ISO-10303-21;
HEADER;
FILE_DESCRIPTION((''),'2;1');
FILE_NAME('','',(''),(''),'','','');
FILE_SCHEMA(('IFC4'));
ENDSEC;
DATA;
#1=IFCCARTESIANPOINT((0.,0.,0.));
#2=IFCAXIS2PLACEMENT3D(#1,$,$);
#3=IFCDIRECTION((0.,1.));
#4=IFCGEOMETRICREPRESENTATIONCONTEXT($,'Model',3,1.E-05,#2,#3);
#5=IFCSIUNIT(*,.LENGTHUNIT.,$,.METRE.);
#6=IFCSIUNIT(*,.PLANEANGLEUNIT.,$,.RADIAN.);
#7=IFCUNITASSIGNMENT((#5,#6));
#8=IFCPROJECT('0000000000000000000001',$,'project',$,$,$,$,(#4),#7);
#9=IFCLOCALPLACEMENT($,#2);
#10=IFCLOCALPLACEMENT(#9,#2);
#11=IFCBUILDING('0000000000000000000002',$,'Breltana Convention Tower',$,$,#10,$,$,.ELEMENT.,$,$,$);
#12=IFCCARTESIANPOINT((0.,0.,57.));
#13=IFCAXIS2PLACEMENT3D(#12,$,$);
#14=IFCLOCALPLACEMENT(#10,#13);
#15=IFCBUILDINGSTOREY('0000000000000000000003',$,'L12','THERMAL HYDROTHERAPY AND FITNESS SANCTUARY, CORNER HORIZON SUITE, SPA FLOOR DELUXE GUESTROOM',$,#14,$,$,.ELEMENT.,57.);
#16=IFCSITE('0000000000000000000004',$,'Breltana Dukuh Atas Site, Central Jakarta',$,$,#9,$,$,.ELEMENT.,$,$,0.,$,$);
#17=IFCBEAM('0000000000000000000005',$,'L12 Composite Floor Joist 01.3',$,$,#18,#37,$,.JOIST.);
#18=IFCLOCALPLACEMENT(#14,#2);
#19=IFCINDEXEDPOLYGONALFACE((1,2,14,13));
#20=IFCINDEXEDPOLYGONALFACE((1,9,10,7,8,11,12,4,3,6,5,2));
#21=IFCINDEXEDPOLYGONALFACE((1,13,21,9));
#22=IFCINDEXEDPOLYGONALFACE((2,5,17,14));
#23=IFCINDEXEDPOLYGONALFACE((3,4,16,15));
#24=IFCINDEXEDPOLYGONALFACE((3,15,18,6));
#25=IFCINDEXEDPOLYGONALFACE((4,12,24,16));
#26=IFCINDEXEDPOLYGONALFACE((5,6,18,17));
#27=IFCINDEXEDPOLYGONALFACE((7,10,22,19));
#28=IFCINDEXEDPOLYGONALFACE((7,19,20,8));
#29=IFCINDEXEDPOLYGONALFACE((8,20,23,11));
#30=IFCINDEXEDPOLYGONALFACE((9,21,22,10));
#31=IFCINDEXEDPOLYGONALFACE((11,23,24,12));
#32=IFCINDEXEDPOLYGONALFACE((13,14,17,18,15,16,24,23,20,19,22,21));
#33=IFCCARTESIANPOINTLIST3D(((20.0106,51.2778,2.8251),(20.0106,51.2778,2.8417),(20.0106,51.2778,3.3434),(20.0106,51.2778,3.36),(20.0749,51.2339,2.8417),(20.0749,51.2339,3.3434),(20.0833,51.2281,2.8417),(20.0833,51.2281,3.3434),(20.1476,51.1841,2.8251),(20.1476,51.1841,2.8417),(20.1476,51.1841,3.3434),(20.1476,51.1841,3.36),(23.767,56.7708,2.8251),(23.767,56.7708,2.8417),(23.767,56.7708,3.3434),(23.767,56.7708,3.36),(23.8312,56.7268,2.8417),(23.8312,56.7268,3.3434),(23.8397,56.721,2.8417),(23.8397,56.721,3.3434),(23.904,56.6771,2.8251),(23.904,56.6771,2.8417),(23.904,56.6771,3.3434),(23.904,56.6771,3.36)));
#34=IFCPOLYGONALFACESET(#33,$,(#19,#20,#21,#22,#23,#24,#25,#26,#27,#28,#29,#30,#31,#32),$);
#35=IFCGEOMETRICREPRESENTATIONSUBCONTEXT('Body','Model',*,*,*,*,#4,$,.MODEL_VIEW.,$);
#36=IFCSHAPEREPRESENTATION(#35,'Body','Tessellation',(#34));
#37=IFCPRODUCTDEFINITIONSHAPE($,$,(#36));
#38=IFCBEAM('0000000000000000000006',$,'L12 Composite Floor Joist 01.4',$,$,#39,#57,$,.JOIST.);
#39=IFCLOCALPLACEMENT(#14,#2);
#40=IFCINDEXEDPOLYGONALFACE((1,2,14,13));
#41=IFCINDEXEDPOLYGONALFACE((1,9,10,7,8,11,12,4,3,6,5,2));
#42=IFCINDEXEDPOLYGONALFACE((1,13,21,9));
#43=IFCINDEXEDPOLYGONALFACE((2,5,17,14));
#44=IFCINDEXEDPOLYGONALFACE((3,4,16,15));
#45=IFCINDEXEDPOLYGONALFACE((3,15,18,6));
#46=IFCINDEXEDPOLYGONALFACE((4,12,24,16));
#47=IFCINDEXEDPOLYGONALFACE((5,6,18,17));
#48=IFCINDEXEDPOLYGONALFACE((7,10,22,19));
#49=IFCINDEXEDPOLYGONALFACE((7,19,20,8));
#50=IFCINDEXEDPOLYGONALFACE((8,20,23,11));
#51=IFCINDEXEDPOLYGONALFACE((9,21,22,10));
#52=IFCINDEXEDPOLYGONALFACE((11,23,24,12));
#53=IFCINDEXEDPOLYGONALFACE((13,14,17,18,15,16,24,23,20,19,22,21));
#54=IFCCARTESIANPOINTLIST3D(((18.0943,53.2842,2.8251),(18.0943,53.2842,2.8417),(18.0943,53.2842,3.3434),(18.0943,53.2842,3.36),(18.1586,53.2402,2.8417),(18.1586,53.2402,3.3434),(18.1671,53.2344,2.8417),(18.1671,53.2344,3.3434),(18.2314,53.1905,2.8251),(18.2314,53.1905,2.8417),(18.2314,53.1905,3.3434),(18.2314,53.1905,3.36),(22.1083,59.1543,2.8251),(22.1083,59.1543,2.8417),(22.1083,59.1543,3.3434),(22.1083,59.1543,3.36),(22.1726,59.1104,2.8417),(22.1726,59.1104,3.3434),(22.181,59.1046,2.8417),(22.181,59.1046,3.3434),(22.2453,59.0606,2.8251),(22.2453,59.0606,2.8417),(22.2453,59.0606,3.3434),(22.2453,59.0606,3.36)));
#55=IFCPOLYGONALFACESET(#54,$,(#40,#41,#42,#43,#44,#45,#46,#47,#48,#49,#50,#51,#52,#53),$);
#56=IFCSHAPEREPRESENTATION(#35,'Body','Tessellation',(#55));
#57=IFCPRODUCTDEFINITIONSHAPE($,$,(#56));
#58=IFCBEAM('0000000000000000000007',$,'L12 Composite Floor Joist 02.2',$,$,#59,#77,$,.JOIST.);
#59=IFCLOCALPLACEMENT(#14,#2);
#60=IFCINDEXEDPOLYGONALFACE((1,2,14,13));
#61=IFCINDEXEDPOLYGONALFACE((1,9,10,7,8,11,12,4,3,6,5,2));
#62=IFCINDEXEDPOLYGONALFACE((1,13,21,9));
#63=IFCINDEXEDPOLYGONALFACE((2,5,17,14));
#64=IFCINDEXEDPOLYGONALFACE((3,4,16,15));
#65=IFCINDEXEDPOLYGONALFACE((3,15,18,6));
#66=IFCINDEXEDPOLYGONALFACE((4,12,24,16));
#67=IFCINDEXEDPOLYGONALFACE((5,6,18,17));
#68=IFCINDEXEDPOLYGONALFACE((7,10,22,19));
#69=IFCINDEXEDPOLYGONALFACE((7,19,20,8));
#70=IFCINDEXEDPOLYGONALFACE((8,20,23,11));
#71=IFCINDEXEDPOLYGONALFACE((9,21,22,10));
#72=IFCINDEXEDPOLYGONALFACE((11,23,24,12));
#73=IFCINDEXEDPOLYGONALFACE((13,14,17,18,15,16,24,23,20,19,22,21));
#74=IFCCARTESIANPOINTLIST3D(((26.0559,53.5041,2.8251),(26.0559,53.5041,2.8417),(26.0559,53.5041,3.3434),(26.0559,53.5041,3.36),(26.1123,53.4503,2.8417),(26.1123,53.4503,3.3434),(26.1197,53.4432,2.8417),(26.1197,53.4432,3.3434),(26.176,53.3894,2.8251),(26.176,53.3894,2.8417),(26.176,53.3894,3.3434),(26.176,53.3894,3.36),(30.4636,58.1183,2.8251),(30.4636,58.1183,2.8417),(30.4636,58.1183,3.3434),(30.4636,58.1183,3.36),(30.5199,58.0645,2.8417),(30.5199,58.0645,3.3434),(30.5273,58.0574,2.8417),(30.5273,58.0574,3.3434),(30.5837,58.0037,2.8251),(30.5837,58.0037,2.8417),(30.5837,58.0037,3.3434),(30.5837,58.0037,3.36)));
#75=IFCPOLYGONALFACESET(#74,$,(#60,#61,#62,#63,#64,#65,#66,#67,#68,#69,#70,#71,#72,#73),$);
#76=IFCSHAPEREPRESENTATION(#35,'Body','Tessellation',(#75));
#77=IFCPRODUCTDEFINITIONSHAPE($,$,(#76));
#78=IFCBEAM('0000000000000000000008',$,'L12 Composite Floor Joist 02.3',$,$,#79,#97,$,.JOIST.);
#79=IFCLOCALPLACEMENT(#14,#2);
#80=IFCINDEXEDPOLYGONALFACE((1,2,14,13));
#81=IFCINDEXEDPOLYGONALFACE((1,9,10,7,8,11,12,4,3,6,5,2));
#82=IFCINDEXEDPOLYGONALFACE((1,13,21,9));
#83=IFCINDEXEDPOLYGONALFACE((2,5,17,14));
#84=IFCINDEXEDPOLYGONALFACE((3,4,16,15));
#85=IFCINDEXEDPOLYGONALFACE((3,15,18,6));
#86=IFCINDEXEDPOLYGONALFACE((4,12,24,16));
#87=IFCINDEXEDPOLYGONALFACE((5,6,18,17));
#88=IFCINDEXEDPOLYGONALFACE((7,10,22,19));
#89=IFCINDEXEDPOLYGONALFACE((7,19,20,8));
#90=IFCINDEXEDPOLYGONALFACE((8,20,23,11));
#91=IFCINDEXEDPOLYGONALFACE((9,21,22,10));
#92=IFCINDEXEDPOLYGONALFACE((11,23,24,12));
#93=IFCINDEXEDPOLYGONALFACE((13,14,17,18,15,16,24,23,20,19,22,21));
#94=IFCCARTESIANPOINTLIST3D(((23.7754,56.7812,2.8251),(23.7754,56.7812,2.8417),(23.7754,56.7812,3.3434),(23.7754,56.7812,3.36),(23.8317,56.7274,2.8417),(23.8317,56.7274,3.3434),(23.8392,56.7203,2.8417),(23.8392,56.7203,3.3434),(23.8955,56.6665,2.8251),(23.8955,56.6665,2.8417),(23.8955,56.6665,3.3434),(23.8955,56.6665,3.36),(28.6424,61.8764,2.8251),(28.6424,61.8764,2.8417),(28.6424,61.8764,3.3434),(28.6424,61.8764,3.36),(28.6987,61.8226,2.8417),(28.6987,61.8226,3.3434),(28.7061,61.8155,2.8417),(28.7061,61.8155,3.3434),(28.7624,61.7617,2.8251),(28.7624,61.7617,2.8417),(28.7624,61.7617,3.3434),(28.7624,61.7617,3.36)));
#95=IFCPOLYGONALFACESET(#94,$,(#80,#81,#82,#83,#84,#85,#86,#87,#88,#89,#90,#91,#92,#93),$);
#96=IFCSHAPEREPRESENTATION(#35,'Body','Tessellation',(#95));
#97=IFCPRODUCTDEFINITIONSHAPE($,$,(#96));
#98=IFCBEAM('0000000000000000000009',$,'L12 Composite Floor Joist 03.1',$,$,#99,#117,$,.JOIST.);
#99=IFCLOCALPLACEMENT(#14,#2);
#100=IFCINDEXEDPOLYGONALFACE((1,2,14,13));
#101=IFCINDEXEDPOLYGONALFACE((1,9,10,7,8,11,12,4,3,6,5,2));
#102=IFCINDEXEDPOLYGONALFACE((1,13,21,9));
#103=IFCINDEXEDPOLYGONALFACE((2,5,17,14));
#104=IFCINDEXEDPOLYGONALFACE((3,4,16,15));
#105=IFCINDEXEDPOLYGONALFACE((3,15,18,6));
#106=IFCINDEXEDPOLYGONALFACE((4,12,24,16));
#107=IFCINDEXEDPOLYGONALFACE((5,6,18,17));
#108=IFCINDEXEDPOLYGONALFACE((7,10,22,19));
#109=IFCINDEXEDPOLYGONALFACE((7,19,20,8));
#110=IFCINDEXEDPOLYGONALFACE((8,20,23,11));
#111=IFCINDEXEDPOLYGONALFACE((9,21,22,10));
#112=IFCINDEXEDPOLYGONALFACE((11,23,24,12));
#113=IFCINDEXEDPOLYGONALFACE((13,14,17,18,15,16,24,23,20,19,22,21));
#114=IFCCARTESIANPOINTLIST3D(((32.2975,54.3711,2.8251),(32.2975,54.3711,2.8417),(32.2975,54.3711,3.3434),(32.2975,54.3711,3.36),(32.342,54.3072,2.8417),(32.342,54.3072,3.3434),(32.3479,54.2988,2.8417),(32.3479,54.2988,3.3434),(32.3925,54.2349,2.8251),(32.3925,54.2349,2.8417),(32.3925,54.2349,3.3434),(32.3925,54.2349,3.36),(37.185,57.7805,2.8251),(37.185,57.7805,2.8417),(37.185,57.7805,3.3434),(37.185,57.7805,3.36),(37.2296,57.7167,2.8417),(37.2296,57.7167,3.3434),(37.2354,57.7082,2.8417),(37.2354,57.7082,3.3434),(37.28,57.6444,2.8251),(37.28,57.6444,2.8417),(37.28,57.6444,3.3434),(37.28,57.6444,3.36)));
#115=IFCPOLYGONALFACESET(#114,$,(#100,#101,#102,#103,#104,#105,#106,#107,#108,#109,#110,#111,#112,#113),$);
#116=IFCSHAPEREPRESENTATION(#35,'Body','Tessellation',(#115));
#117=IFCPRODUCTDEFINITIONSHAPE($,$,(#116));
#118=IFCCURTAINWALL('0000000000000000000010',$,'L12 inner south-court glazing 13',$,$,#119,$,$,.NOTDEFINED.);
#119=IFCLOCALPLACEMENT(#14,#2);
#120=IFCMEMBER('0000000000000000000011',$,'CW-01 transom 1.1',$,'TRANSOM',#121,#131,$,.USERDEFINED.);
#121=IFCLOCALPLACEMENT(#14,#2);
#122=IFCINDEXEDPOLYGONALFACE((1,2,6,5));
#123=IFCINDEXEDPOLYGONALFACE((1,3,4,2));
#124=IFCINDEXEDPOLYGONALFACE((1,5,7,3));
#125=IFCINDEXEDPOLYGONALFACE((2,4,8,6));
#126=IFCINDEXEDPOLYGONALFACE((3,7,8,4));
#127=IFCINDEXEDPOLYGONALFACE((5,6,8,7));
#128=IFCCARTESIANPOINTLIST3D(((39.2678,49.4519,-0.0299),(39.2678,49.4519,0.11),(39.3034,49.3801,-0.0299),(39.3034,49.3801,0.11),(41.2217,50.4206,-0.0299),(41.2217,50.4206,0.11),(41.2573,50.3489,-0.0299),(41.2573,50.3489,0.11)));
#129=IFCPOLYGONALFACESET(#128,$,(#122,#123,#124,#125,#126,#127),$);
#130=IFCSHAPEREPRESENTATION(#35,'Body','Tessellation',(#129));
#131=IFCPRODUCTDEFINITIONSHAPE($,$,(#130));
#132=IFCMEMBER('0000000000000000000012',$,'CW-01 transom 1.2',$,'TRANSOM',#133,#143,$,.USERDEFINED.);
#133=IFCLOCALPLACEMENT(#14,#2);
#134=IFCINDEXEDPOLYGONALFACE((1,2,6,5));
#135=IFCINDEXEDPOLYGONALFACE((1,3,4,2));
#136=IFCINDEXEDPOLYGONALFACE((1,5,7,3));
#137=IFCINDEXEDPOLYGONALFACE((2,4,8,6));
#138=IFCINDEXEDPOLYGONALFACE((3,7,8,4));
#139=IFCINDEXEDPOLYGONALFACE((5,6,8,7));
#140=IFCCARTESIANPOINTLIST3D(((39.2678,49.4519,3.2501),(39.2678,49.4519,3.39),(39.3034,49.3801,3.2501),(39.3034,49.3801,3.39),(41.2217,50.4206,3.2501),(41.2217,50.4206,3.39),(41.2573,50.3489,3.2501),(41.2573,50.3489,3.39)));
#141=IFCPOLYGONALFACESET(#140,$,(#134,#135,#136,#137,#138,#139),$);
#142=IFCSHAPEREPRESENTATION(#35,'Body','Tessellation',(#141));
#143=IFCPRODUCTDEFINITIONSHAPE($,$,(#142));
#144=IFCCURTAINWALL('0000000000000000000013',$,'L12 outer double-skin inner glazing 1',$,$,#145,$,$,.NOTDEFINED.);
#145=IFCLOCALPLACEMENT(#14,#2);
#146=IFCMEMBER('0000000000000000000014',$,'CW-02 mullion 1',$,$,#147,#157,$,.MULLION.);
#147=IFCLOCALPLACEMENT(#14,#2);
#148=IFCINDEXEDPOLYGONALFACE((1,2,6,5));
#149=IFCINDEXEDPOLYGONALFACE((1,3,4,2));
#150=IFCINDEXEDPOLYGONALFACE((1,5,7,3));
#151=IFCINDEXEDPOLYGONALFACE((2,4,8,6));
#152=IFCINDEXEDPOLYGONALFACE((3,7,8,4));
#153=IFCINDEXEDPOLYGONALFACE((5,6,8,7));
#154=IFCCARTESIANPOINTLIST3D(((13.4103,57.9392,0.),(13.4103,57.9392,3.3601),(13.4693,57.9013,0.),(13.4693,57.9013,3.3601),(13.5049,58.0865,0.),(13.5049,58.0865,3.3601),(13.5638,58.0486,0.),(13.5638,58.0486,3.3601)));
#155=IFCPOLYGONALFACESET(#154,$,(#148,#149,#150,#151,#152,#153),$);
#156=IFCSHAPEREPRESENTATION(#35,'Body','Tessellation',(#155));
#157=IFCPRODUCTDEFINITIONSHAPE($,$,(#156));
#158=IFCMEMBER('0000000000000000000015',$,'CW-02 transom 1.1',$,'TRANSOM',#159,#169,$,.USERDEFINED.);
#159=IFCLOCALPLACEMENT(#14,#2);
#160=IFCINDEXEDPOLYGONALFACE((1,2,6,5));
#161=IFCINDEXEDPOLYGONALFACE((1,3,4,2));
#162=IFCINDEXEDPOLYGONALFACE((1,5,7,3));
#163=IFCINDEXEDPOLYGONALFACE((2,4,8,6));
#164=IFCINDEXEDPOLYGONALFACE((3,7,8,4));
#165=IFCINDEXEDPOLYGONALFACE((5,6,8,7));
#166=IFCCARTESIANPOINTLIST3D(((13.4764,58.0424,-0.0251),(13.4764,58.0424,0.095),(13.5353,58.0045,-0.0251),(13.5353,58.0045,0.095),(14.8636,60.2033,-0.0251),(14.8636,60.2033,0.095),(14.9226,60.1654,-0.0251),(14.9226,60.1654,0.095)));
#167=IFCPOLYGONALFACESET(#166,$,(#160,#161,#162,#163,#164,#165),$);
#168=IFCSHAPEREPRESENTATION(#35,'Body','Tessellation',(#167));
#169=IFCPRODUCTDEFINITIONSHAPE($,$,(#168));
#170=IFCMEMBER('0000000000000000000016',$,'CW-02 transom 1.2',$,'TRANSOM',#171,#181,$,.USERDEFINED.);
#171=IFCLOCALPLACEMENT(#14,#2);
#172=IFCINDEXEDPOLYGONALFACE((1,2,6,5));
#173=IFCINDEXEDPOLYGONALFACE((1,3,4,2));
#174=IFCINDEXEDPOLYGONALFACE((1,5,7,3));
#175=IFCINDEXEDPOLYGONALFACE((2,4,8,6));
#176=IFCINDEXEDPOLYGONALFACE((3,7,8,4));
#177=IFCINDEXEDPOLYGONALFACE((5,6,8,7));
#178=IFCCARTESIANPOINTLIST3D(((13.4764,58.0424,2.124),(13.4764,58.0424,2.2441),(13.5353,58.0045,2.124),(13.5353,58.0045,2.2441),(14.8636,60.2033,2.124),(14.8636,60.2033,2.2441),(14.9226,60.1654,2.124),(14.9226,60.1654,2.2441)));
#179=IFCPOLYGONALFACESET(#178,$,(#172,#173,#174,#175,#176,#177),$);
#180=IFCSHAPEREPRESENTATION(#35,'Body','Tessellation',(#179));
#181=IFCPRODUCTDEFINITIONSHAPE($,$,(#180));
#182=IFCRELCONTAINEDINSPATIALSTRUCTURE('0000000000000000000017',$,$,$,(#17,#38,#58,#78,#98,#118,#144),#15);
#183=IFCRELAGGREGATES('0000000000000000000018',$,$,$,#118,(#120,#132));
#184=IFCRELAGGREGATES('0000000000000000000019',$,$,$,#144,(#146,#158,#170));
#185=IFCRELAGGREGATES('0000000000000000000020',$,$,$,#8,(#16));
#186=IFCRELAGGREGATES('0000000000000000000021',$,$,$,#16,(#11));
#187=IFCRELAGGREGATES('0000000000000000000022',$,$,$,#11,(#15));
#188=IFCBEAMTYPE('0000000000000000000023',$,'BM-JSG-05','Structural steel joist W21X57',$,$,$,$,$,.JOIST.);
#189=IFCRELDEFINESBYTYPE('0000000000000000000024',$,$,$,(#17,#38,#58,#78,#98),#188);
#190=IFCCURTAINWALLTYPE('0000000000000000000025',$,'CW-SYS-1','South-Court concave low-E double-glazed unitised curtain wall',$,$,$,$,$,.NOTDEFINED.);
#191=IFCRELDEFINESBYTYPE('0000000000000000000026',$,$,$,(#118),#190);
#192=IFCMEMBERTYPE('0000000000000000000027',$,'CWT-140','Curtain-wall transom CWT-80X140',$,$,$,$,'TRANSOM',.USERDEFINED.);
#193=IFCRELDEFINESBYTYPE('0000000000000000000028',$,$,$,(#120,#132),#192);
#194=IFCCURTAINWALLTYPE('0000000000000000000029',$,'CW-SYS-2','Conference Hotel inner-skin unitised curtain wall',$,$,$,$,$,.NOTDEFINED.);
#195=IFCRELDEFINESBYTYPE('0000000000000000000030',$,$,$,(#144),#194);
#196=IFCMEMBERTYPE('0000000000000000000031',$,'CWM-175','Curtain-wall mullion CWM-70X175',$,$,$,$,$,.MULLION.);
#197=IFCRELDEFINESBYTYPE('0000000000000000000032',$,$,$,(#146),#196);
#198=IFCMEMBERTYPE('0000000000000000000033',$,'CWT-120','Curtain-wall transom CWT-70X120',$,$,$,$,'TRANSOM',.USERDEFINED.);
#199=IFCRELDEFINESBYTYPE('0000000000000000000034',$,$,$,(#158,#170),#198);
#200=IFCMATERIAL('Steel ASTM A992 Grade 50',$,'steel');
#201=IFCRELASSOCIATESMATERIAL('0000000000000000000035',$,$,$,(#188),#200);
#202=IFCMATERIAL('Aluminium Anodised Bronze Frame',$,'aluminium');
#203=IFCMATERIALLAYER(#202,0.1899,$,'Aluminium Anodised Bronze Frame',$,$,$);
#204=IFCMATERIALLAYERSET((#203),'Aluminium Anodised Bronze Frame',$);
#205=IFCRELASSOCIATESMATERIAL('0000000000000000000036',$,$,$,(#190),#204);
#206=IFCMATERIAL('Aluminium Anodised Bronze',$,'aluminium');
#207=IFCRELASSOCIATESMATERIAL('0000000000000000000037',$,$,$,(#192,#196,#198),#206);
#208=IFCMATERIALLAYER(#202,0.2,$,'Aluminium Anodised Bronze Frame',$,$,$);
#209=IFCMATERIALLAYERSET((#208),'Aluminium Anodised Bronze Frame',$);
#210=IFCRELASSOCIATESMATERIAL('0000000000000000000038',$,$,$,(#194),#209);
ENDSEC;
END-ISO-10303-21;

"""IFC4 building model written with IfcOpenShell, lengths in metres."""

from ifc_helpers import new_model, si_unit, direction, frame, origin, origin_2d, place, context, subcontext, project, spatial, rectangle, i_section, extrude, source, transform, mapped, material, layer, layer_set, material_profile, profile_set, type_object, type_shapes, element, aggregate, save


model = new_model("IFC4")

# Units and contexts
model_context = context("Model", 3, precision=1e-05, world=origin(), true_north=direction((0.0, 1.0)))
body_context = subcontext(model_context, "Body", "Model", "MODEL_VIEW")
ifc_project = project(units=[si_unit("LENGTHUNIT", "METRE"), si_unit("PLANEANGLEUNIT", "RADIAN")], contexts=[model_context])

# Site, building, storey
site_placement = place(None, origin())
site = spatial("IfcSite", under=ifc_project, at=site_placement, Name="Breltana Dukuh Atas Site, Central Jakarta", CompositionType="ELEMENT", RefElevation=0.0)
building_placement = place(site_placement, origin())
building = spatial("IfcBuilding", under=site, at=building_placement, Name="Breltana Convention Tower", CompositionType="ELEMENT")
storey_placement = place(building_placement, frame((0.0, 0.0, 57.0)))
storey = spatial("IfcBuildingStorey", under=building, at=storey_placement, Name="L12", Description="THERMAL HYDROTHERAPY AND FITNESS SANCTUARY, CORNER HORIZON SUITE, SPA FLOOR DELUXE GUESTROOM", CompositionType="ELEMENT", Elevation=57.0)

# Beams
ifc_material_1 = material(Name="Steel ASTM A992 Grade 50", Category="steel")
ifc_material_profile_1 = material_profile(ifc_material_1, i_section(OverallWidth=0.166, OverallDepth=0.5349, WebThickness=0.0103, FlangeThickness=0.0166, at=origin_2d()), Name="W21X57")
ifc_profile_set_1 = profile_set([ifc_material_profile_1], Name="Steel ASTM A992 Grade 50")
beam_type_1 = type_object("IfcBeamType", Name="BM-JSG-05", Description="Structural steel joist W21X57", PredefinedType="JOIST", material=ifc_profile_set_1)
shared_shape_1 = source(origin(), body_context, "Body", "SweptSolid", [
    extrude(i_section(OverallWidth=0.166, OverallDepth=0.5349, WebThickness=0.0103, FlangeThickness=0.0166, at=origin_2d()), origin(), (0.0, 0.0, 1.0), 6.6545),
])
beam_1_placement = place(storey_placement, frame((20.0791, 51.231, 3.0925), z_axis=(0.564483, 0.825445, 0.0), x_axis=(-0.825445, 0.564483, 0.0)))
element("IfcBeam", 1, at=beam_1_placement, inside=storey, type_object=beam_type_1, Name="L12 Composite Floor Joist 01.3", PredefinedType="JOIST", context=body_context, shape_type="MappedRepresentation", body=[
    mapped(shared_shape_1, transform((0.0, 0.0, 0.0), scale=1.0)),
])
shared_shape_2 = source(origin(), body_context, "Body", "SweptSolid", [
    extrude(i_section(OverallWidth=0.166, OverallDepth=0.5349, WebThickness=0.0103, FlangeThickness=0.0166, at=origin_2d()), origin(), (0.0, 0.0, 1.0), 7.1113),
])
beam_2_placement = place(storey_placement, frame((18.1628, 53.2373, 3.0925), z_axis=(0.564446, 0.82547, 0.0), x_axis=(-0.82547, 0.564446, 0.0)))
element("IfcBeam", 2, at=beam_2_placement, inside=storey, type_object=beam_type_1, Name="L12 Composite Floor Joist 01.4", PredefinedType="JOIST", context=body_context, shape_type="MappedRepresentation", body=[
    mapped(shared_shape_2, transform((0.0, 0.0, 0.0), scale=1.0)),
])
shared_shape_3 = source(origin(), body_context, "Body", "SweptSolid", [
    extrude(i_section(OverallWidth=0.166, OverallDepth=0.5349, WebThickness=0.0103, FlangeThickness=0.0166, at=origin_2d()), origin(), (0.0, 0.0, 1.0), 6.3811),
])
beam_3_placement = place(storey_placement, frame((26.116, 53.4468, 3.0925), z_axis=(0.690738, 0.723105, 0.0), x_axis=(-0.723105, 0.690738, 0.0)))
element("IfcBeam", 3, at=beam_3_placement, inside=storey, type_object=beam_type_1, Name="L12 Composite Floor Joist 02.2", PredefinedType="JOIST", context=body_context, shape_type="MappedRepresentation", body=[
    mapped(shared_shape_3, transform((0.0, 0.0, 0.0), scale=1.0)),
])
shared_shape_4 = source(origin(), body_context, "Body", "SweptSolid", [
    extrude(i_section(OverallWidth=0.166, OverallDepth=0.5349, WebThickness=0.0103, FlangeThickness=0.0166, at=origin_2d()), origin(), (0.0, 0.0, 1.0), 7.0461),
])
beam_4_placement = place(storey_placement, frame((23.8354, 56.7239, 3.0925), z_axis=(0.690723, 0.72312, 0.0), x_axis=(-0.72312, 0.690723, 0.0)))
element("IfcBeam", 4, at=beam_4_placement, inside=storey, type_object=beam_type_1, Name="L12 Composite Floor Joist 02.3", PredefinedType="JOIST", context=body_context, shape_type="MappedRepresentation", body=[
    mapped(shared_shape_4, transform((0.0, 0.0, 0.0), scale=1.0)),
])
shared_shape_5 = source(origin(), body_context, "Body", "SweptSolid", [
    extrude(i_section(OverallWidth=0.166, OverallDepth=0.5349, WebThickness=0.0103, FlangeThickness=0.0166, at=origin_2d()), origin(), (0.0, 0.0, 1.0), 5.9592),
])
beam_5_placement = place(storey_placement, frame((32.345, 54.303, 3.0925), z_axis=(0.82016, 0.572134, 0.0), x_axis=(-0.572134, 0.82016, 0.0)))
element("IfcBeam", 5, at=beam_5_placement, inside=storey, type_object=beam_type_1, Name="L12 Composite Floor Joist 03.1", PredefinedType="JOIST", context=body_context, shape_type="MappedRepresentation", body=[
    mapped(shared_shape_5, transform((0.0, 0.0, 0.0), scale=1.0)),
])

# Curtain walls, members
ifc_material_2 = material(Name="Aluminium Anodised Bronze Frame", Category="aluminium")
ifc_layer_1 = layer(ifc_material_2, 0.1899, Name="Aluminium Anodised Bronze Frame")
ifc_layer_set_1 = layer_set([ifc_layer_1], Name="Aluminium Anodised Bronze Frame")
curtain_wall_type_1 = type_object("IfcCurtainWallType", Name="CW-SYS-1", Description="South-Court concave low-E double-glazed unitised curtain wall", PredefinedType="NOTDEFINED", material=ifc_layer_set_1)
curtain_wall_1_placement = place(storey_placement, origin())
curtain_wall_1 = element("IfcCurtainWall", 6, at=curtain_wall_1_placement, inside=storey, type_object=curtain_wall_type_1, Name="L12 inner south-court glazing 13", PredefinedType="NOTDEFINED")
ifc_material_3 = material(Name="Aluminium Anodised Bronze", Category="aluminium")
ifc_material_profile_2 = material_profile(ifc_material_3, rectangle(XDim=0.0801, YDim=0.1399, at=origin_2d()), Name="CWT-80X140")
ifc_profile_set_2 = profile_set([ifc_material_profile_2], Name="Aluminium Anodised Bronze")
member_type_1 = type_object("IfcMemberType", Name="CWT-140", Description="Curtain-wall transom CWT-80X140", ElementType="TRANSOM", PredefinedType="USERDEFINED", material=ifc_profile_set_2)
shared_shape_6 = source(origin(), body_context, "Body", "SweptSolid", [
    extrude(rectangle(XDim=0.0801, YDim=0.1399, at=origin_2d()), origin(), (0.0, 0.0, 1.0), 2.1809),
])
member_1_placement = place(storey_placement, frame((41.2395, 50.3848, 0.04), z_axis=(-0.895922, -0.444211, 0.0), x_axis=(0.444211, -0.895922, 0.0)))
member_1 = element("IfcMember", 7, at=member_1_placement, type_object=member_type_1, Name="CW-01 transom 1.1", ObjectType="TRANSOM", PredefinedType="USERDEFINED", context=body_context, shape_type="MappedRepresentation", body=[
    mapped(shared_shape_6, transform((0.0, 0.0, 0.0), scale=1.0)),
])
member_2_placement = place(storey_placement, frame((41.2395, 50.3848, 3.3201), z_axis=(-0.895922, -0.444211, 0.0), x_axis=(0.444211, -0.895922, 0.0)))
member_2 = element("IfcMember", 8, at=member_2_placement, type_object=member_type_1, Name="CW-01 transom 1.2", ObjectType="TRANSOM", PredefinedType="USERDEFINED", context=body_context, shape_type="MappedRepresentation", body=[
    mapped(shared_shape_6, transform((0.0, 0.0, 0.0), scale=1.0)),
])
aggregate(curtain_wall_1, [member_1, member_2])
ifc_layer_2 = layer(ifc_material_2, 0.2, Name="Aluminium Anodised Bronze Frame")
ifc_layer_set_2 = layer_set([ifc_layer_2], Name="Aluminium Anodised Bronze Frame")
curtain_wall_type_2 = type_object("IfcCurtainWallType", Name="CW-SYS-2", Description="Conference Hotel inner-skin unitised curtain wall", PredefinedType="NOTDEFINED", material=ifc_layer_set_2)
curtain_wall_2_placement = place(storey_placement, origin())
curtain_wall_2 = element("IfcCurtainWall", 9, at=curtain_wall_2_placement, inside=storey, type_object=curtain_wall_type_2, Name="L12 outer double-skin inner glazing 1", PredefinedType="NOTDEFINED")
ifc_material_profile_3 = material_profile(ifc_material_3, rectangle(XDim=0.0701, YDim=0.175, at=origin_2d()), Name="CWM-70X175")
ifc_profile_set_3 = profile_set([ifc_material_profile_3], Name="Aluminium Anodised Bronze")
member_type_2 = type_object("IfcMemberType", Name="CWM-175", Description="Curtain-wall mullion CWM-70X175", PredefinedType="MULLION", material=ifc_profile_set_3)
shared_shape_7 = source(origin(), body_context, "Body", "SweptSolid", [
    extrude(rectangle(XDim=0.0701, YDim=0.175, at=origin_2d()), origin(), (0.0, 0.0, 1.0), 3.3601),
])
type_shapes(member_type_2, [shared_shape_7])
member_3_placement = place(storey_placement, frame((13.4871, 57.9939, 0.0), z_axis=(0.0, 0.0, 1.0), x_axis=(-0.841549, 0.540181, 0.0)))
member_3 = element("IfcMember", 10, at=member_3_placement, type_object=member_type_2, Name="CW-02 mullion 1", PredefinedType="MULLION", context=body_context, shape_type="MappedRepresentation", body=[
    mapped(shared_shape_7, transform((0.0, 0.0, 0.0), scale=1.0)),
])
ifc_material_profile_4 = material_profile(ifc_material_3, rectangle(XDim=0.0701, YDim=0.1201, at=origin_2d()), Name="CWT-70X120")
ifc_profile_set_4 = profile_set([ifc_material_profile_4], Name="Aluminium Anodised Bronze")
member_type_3 = type_object("IfcMemberType", Name="CWT-120", Description="Curtain-wall transom CWT-70X120", ElementType="TRANSOM", PredefinedType="USERDEFINED", material=ifc_profile_set_4)
shared_shape_8 = source(origin(), body_context, "Body", "SweptSolid", [
    extrude(rectangle(XDim=0.0701, YDim=0.1201, at=origin_2d()), origin(), (0.0, 0.0, 1.0), 2.5679),
])
type_shapes(member_type_3, [shared_shape_8])
member_4_placement = place(storey_placement, frame((13.5059, 58.0234, 0.0349), z_axis=(0.540224, 0.841521, 0.0), x_axis=(-0.841521, 0.540224, 0.0)))
member_4 = element("IfcMember", 11, at=member_4_placement, type_object=member_type_3, Name="CW-02 transom 1.1", ObjectType="TRANSOM", PredefinedType="USERDEFINED", context=body_context, shape_type="MappedRepresentation", body=[
    mapped(shared_shape_8, transform((0.0, 0.0, 0.0), scale=1.0)),
])
member_5_placement = place(storey_placement, frame((13.5059, 58.0234, 2.1841), z_axis=(0.540224, 0.841521, 0.0), x_axis=(-0.841521, 0.540224, 0.0)))
member_5 = element("IfcMember", 12, at=member_5_placement, type_object=member_type_3, Name="CW-02 transom 1.2", ObjectType="TRANSOM", PredefinedType="USERDEFINED", context=body_context, shape_type="MappedRepresentation", body=[
    mapped(shared_shape_8, transform((0.0, 0.0, 0.0), scale=1.0)),
])
aggregate(curtain_wall_2, [member_3, member_4, member_5])

save(model, "model.ifc")
